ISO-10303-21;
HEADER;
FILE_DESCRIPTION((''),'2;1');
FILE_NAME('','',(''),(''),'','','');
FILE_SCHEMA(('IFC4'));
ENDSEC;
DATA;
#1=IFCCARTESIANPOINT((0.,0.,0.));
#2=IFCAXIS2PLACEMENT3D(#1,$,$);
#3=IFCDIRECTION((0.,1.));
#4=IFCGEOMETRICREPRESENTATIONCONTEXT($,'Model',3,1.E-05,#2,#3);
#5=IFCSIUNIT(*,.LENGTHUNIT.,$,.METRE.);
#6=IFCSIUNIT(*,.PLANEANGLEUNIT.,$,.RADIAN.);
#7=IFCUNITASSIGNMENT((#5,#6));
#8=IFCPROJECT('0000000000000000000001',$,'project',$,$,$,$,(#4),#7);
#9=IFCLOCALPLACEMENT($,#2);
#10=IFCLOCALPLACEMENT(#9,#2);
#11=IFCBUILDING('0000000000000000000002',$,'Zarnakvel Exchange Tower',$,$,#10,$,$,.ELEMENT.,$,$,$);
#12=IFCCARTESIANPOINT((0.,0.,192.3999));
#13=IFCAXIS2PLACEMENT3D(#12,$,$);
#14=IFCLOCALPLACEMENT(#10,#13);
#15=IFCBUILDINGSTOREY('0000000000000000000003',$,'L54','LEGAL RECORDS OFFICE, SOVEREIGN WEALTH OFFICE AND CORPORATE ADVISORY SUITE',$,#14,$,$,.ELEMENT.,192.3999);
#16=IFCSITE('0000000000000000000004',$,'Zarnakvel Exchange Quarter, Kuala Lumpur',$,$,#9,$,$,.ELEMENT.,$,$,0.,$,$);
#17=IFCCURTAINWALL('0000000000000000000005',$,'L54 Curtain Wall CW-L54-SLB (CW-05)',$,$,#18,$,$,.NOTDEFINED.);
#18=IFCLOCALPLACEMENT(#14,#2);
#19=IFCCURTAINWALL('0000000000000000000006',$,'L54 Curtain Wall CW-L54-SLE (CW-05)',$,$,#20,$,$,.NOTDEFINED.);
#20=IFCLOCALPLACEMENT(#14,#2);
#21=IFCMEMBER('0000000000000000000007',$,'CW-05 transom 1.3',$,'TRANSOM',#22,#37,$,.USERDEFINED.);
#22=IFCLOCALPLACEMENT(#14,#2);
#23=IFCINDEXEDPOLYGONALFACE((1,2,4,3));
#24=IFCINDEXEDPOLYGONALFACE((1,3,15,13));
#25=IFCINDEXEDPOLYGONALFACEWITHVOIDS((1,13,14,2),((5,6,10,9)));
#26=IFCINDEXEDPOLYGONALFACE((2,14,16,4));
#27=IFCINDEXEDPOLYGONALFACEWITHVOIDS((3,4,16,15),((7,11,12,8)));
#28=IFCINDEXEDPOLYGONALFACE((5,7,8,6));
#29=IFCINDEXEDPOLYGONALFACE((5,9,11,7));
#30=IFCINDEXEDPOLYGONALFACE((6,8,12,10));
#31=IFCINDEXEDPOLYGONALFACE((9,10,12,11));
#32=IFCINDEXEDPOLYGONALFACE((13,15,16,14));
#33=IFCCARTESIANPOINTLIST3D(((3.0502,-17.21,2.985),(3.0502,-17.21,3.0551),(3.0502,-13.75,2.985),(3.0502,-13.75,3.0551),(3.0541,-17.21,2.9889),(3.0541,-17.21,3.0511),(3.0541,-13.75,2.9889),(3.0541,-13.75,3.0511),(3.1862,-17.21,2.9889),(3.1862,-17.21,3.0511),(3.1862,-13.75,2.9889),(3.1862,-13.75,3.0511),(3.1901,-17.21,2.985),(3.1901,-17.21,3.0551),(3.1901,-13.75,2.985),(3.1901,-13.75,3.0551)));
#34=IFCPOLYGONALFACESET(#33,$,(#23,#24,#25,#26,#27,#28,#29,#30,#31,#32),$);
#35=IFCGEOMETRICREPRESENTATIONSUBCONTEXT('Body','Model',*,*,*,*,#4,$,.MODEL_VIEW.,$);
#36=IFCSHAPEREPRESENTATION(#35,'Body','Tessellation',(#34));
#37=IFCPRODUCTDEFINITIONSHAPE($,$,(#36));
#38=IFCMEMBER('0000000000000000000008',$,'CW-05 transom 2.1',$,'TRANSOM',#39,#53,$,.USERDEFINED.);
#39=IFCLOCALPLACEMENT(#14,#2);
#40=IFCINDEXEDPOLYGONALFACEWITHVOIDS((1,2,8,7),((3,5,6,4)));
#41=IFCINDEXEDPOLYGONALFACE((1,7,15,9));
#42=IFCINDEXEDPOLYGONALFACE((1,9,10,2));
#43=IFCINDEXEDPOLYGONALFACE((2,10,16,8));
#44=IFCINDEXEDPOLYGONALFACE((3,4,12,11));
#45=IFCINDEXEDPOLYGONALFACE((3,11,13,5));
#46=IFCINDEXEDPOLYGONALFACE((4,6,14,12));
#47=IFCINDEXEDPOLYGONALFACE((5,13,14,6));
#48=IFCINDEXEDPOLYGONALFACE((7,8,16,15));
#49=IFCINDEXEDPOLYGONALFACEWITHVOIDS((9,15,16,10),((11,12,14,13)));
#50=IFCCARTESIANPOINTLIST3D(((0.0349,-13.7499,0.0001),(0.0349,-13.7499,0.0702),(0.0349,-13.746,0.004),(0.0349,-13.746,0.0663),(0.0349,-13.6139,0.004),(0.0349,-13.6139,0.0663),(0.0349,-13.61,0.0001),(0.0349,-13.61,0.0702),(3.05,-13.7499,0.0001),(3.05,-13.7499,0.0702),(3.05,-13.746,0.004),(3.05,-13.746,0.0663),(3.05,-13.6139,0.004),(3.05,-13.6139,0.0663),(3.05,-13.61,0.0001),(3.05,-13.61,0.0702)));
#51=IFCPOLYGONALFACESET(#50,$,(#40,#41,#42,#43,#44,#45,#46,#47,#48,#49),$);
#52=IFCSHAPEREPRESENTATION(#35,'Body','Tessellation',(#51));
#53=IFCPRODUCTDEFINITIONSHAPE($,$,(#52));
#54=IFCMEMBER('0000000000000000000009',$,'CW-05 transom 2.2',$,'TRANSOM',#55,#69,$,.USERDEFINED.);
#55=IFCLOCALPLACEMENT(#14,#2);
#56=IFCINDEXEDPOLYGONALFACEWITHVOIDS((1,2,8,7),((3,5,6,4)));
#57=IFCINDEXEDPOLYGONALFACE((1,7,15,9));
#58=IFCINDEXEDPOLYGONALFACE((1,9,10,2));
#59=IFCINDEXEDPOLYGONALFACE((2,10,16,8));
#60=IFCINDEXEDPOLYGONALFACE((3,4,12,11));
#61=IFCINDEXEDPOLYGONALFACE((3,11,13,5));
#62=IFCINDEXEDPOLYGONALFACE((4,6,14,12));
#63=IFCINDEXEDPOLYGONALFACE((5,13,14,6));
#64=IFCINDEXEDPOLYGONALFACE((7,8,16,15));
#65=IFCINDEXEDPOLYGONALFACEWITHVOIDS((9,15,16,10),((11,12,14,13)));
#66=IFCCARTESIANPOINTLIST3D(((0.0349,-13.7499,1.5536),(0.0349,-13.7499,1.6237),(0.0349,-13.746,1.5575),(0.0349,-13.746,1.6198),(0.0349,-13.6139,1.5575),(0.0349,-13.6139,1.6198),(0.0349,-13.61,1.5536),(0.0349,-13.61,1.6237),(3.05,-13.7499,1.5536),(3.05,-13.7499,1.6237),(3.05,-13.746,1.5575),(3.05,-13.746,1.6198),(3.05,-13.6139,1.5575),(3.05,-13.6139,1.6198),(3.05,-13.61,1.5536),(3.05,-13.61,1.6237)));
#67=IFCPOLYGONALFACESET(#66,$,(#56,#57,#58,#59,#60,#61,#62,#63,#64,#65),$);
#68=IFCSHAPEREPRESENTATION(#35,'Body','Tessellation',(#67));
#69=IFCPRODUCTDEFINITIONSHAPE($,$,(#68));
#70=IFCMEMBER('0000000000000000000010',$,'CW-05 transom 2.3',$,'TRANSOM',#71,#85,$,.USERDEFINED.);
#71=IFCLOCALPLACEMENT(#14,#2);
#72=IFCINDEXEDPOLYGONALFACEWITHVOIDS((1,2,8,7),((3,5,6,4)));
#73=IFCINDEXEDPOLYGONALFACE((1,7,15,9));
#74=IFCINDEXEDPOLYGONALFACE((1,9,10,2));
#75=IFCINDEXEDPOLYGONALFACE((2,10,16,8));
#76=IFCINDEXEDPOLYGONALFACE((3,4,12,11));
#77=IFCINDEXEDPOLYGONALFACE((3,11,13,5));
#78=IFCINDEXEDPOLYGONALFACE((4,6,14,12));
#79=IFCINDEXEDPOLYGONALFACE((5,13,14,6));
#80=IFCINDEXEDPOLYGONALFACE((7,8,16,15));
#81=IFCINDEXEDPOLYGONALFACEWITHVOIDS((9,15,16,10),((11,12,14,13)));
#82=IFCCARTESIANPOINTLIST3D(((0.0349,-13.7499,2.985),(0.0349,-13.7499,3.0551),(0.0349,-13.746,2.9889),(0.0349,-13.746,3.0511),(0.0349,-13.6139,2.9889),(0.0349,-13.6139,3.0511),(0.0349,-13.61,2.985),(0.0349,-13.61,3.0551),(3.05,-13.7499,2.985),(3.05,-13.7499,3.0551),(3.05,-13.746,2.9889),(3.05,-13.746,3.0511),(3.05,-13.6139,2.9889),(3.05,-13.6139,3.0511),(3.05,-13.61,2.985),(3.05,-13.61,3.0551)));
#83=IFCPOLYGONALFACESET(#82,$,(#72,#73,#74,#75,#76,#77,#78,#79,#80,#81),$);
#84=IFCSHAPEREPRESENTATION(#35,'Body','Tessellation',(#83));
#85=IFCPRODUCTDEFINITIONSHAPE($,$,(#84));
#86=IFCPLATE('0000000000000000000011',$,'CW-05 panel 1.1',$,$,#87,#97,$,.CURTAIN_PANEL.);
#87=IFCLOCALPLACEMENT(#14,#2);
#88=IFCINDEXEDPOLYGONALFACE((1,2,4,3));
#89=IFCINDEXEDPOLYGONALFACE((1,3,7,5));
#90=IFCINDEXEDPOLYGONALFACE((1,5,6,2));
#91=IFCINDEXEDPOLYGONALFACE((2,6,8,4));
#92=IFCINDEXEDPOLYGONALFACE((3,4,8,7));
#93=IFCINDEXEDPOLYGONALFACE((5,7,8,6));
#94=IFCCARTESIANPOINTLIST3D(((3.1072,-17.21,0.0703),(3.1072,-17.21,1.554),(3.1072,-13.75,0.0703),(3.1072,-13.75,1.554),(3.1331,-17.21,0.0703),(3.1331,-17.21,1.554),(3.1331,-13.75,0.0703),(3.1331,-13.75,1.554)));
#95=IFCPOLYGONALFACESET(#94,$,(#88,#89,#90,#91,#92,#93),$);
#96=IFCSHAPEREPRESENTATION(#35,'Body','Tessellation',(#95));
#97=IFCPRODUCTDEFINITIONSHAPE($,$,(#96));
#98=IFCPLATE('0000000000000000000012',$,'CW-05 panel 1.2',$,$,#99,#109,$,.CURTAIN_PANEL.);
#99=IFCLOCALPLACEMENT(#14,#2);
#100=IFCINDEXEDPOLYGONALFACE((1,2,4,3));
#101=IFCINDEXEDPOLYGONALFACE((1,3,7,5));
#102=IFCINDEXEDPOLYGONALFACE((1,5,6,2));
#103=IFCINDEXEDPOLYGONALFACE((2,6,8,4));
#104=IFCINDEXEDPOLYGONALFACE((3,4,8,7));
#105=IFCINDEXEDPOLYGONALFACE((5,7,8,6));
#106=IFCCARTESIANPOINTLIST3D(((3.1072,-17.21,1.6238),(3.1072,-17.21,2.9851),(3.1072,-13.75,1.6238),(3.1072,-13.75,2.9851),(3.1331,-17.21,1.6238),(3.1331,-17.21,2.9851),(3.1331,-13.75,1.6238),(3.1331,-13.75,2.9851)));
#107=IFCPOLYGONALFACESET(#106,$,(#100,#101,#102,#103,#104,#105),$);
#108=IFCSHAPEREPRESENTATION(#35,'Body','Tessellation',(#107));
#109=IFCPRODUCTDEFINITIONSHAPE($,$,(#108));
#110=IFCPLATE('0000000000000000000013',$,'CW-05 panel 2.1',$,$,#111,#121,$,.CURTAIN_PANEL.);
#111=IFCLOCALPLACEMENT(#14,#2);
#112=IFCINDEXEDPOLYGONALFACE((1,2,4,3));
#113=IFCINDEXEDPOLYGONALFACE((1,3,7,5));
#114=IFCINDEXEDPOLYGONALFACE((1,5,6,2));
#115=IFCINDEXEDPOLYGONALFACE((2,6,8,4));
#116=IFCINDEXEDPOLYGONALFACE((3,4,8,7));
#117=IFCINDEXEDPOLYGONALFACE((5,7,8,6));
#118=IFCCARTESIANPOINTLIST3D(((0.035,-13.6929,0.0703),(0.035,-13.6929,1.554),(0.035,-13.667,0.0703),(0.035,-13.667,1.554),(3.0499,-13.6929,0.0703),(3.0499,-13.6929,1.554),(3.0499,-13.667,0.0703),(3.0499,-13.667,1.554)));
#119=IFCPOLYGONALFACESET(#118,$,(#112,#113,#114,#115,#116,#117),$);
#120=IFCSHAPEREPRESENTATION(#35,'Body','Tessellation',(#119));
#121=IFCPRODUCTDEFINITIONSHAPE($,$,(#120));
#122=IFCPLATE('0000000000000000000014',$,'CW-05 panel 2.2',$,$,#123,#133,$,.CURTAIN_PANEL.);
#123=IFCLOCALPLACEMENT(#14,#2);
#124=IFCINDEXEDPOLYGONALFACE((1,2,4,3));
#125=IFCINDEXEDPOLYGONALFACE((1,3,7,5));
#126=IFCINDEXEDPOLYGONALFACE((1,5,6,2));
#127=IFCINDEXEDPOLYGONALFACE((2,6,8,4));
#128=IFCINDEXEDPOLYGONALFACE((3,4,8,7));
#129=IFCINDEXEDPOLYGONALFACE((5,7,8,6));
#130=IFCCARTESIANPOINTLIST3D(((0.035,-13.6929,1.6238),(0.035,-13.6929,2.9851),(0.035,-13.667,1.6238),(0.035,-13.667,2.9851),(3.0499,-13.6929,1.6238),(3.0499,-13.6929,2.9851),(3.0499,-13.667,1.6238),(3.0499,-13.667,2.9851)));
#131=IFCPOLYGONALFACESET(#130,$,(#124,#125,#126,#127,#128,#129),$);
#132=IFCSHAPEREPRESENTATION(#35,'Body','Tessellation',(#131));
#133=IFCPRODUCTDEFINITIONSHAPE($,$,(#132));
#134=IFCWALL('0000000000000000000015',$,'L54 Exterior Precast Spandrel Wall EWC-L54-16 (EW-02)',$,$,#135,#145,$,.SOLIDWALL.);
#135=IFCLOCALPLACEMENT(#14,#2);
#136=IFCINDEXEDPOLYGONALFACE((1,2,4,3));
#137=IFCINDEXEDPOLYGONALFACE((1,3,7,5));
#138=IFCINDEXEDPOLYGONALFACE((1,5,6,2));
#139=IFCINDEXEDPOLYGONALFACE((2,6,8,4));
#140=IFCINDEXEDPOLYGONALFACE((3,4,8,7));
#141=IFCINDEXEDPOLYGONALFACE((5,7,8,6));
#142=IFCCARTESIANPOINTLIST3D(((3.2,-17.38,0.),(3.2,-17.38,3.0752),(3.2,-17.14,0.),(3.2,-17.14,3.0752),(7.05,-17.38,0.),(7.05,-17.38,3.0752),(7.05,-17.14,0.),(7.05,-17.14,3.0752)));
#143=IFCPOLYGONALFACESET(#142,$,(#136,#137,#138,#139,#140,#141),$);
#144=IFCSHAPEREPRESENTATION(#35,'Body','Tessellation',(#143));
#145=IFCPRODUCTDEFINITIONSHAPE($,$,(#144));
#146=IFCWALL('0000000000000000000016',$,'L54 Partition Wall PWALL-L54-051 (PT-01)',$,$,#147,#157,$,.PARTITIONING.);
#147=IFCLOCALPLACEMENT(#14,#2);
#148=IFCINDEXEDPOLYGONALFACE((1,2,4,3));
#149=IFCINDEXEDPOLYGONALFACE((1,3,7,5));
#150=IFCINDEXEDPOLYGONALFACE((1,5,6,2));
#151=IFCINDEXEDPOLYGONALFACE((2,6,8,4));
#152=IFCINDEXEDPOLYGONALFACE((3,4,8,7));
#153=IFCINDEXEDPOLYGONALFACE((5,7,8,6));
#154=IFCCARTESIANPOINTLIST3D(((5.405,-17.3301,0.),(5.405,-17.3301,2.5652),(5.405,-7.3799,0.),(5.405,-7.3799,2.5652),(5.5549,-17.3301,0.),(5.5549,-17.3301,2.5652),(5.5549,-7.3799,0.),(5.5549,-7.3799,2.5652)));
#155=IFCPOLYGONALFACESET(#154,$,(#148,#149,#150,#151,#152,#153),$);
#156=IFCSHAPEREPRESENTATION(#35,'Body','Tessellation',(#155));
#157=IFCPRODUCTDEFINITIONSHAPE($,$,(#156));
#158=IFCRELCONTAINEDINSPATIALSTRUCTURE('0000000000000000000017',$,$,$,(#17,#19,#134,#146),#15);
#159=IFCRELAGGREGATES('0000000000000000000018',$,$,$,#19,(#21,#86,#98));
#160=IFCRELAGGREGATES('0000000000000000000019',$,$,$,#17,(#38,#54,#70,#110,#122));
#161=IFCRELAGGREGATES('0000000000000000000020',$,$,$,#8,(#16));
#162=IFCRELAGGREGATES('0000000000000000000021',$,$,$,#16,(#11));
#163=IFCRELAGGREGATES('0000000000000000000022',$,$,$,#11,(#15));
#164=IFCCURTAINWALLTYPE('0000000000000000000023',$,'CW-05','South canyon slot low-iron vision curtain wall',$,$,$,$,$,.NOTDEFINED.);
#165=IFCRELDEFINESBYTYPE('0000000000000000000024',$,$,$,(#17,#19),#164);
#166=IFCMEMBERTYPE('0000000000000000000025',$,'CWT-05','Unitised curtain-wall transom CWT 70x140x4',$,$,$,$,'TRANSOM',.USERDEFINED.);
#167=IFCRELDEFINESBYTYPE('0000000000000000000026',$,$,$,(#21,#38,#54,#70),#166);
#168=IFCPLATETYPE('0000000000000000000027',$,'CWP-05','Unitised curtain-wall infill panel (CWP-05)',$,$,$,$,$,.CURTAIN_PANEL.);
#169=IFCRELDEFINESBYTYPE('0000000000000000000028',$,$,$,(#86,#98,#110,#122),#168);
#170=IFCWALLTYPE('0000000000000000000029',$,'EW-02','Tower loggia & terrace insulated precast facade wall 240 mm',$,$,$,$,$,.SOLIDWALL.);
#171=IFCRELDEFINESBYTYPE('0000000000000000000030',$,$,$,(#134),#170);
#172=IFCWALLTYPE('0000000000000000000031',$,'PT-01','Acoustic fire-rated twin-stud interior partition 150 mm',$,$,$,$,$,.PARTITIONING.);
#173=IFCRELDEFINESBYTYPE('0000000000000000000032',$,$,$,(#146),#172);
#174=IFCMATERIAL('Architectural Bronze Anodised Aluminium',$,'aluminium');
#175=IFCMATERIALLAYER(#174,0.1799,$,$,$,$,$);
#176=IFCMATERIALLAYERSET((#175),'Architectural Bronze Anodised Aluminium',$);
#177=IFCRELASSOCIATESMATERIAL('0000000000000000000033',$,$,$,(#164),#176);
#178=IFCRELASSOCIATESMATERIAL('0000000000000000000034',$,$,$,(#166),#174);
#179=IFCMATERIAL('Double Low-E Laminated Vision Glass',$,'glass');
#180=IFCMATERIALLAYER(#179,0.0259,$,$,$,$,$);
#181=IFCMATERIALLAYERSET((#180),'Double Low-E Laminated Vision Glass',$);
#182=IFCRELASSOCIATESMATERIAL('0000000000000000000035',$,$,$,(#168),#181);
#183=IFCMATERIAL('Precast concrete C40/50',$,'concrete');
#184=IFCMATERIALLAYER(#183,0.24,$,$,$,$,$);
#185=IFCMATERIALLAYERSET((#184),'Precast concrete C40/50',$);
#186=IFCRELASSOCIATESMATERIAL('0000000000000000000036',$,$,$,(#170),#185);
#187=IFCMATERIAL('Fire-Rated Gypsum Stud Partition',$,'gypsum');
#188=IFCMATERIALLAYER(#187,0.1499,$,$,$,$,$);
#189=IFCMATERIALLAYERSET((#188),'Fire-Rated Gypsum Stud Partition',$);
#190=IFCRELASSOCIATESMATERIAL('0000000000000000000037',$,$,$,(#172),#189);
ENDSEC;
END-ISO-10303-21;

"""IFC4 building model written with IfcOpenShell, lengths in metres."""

from ifc_helpers import new_model, si_unit, direction, frame, frame_2d, origin, origin_2d, place, context, subcontext, project, spatial, rectangle, hollow_rectangle, extrude, source, transform, mapped, material, layer, layer_set, material_profile, profile_set, type_object, element, aggregate, save


model = new_model("IFC4")

# Units and contexts
model_context = context("Model", 3, precision=1e-05, world=origin(), true_north=direction((0.0, 1.0)))
body_context = subcontext(model_context, "Body", "Model", "MODEL_VIEW")
ifc_project = project(units=[si_unit("LENGTHUNIT", "METRE"), si_unit("PLANEANGLEUNIT", "RADIAN")], contexts=[model_context])

# Site, building, storey
site_placement = place(None, origin())
site = spatial("IfcSite", under=ifc_project, at=site_placement, Name="Zarnakvel Exchange Quarter, Kuala Lumpur", CompositionType="ELEMENT", RefElevation=0.0)
building_placement = place(site_placement, origin())
building = spatial("IfcBuilding", under=site, at=building_placement, Name="Zarnakvel Exchange Tower", CompositionType="ELEMENT")
storey_placement = place(building_placement, frame((0.0, 0.0, 192.3999)))
storey = spatial("IfcBuildingStorey", under=building, at=storey_placement, Name="L54", Description="LEGAL RECORDS OFFICE, SOVEREIGN WEALTH OFFICE AND CORPORATE ADVISORY SUITE", CompositionType="ELEMENT", Elevation=192.3999)

# Curtain wall
ifc_material_1 = material(Name="Architectural Bronze Anodised Aluminium", Category="aluminium")
ifc_layer_1 = layer(ifc_material_1, 0.1799)
ifc_layer_set_1 = layer_set([ifc_layer_1], Name="Architectural Bronze Anodised Aluminium")
curtain_wall_type = type_object("IfcCurtainWallType", Name="CW-05", Description="South canyon slot low-iron vision curtain wall", PredefinedType="NOTDEFINED", material=ifc_layer_set_1)
curtain_wall_1_placement = place(storey_placement, origin())
curtain_wall_1 = element("IfcCurtainWall", 1, at=curtain_wall_1_placement, inside=storey, type_object=curtain_wall_type, Name="L54 Curtain Wall CW-L54-SLB (CW-05)", PredefinedType="NOTDEFINED")

# Curtain wall, member
curtain_wall_2_placement = place(storey_placement, origin())
curtain_wall_2 = element("IfcCurtainWall", 2, at=curtain_wall_2_placement, inside=storey, type_object=curtain_wall_type, Name="L54 Curtain Wall CW-L54-SLE (CW-05)", PredefinedType="NOTDEFINED")
ifc_material_profile_1 = material_profile(ifc_material_1, hollow_rectangle(XDim=0.1399, YDim=0.0701, WallThickness=0.0039, at=origin_2d()))
ifc_profile_set_1 = profile_set([ifc_material_profile_1], Name="Architectural Bronze Anodised Aluminium")
member_type_1 = type_object("IfcMemberType", Name="CWT-05", Description="Unitised curtain-wall transom CWT 70x140x4", ElementType="TRANSOM", PredefinedType="USERDEFINED", material=ifc_profile_set_1)
shared_shape_1 = source(origin(), body_context, "Body", "SweptSolid", [
    extrude(hollow_rectangle(XDim=0.1399, YDim=0.0701, WallThickness=0.0039, at=origin_2d()), origin(), (0.0, 0.0, 1.0), 3.46),
])
member_1_placement = place(storey_placement, frame((3.1201, -13.75, 3.02), z_axis=(0.0, -1.0, 0.0), x_axis=(1.0, 0.0, 0.0)))
member_1 = element("IfcMember", 3, at=member_1_placement, type_object=member_type_1, Name="CW-05 transom 1.3", ObjectType="TRANSOM", PredefinedType="USERDEFINED", context=body_context, shape_type="MappedRepresentation", body=[
    mapped(shared_shape_1, transform((0.0, 0.0, 0.0), x_axis=(1.0, 0.0, 0.0), y_axis=(0.0, 1.0, 0.0), z_axis=(0.0, 0.0, 1.0), scale=1.0)),
])

# Members
shared_shape_2 = source(origin(), body_context, "Body", "SweptSolid", [
    extrude(hollow_rectangle(XDim=0.1399, YDim=0.0701, WallThickness=0.0039, at=origin_2d()), origin(), (0.0, 0.0, 1.0), 3.0151),
])
member_2_placement = place(storey_placement, frame((0.0349, -13.6799, 0.0352), z_axis=(1.0, 0.0, 0.0), x_axis=(0.0, 1.0, 0.0)))
member_2 = element("IfcMember", 4, at=member_2_placement, type_object=member_type_1, Name="CW-05 transom 2.1", ObjectType="TRANSOM", PredefinedType="USERDEFINED", context=body_context, shape_type="MappedRepresentation", body=[
    mapped(shared_shape_2, transform((0.0, 0.0, 0.0), x_axis=(1.0, 0.0, 0.0), y_axis=(0.0, 1.0, 0.0), z_axis=(0.0, 0.0, 1.0), scale=1.0)),
])
member_3_placement = place(storey_placement, frame((0.0349, -13.6799, 1.5886), z_axis=(1.0, 0.0, 0.0), x_axis=(0.0, 1.0, 0.0)))
member_3 = element("IfcMember", 5, at=member_3_placement, type_object=member_type_1, Name="CW-05 transom 2.2", ObjectType="TRANSOM", PredefinedType="USERDEFINED", context=body_context, shape_type="MappedRepresentation", body=[
    mapped(shared_shape_2, transform((0.0, 0.0, 0.0), x_axis=(1.0, 0.0, 0.0), y_axis=(0.0, 1.0, 0.0), z_axis=(0.0, 0.0, 1.0), scale=1.0)),
])
member_4_placement = place(storey_placement, frame((0.0349, -13.6799, 3.02), z_axis=(1.0, 0.0, 0.0), x_axis=(0.0, 1.0, 0.0)))
member_4 = element("IfcMember", 6, at=member_4_placement, type_object=member_type_1, Name="CW-05 transom 2.3", ObjectType="TRANSOM", PredefinedType="USERDEFINED", context=body_context, shape_type="MappedRepresentation", body=[
    mapped(shared_shape_2, transform((0.0, 0.0, 0.0), x_axis=(1.0, 0.0, 0.0), y_axis=(0.0, 1.0, 0.0), z_axis=(0.0, 0.0, 1.0), scale=1.0)),
])

# Plates
ifc_material_2 = material(Name="Double Low-E Laminated Vision Glass", Category="glass")
ifc_layer_2 = layer(ifc_material_2, 0.0259)
ifc_layer_set_2 = layer_set([ifc_layer_2], Name="Double Low-E Laminated Vision Glass")
plate_type = type_object("IfcPlateType", Name="CWP-05", Description="Unitised curtain-wall infill panel (CWP-05)", PredefinedType="CURTAIN_PANEL", material=ifc_layer_set_2)
shared_shape_3 = source(origin(), body_context, "Body", "SweptSolid", [
    extrude(rectangle(XDim=3.46, YDim=0.0259, at=origin_2d()), origin(), (0.0, 0.0, 1.0), 1.4836),
])
plate_1_placement = place(storey_placement, frame((3.1201, -15.48, 0.0703), z_axis=(0.0, 0.0, 1.0), x_axis=(0.0, -1.0, 0.0)))
plate_1 = element("IfcPlate", 7, at=plate_1_placement, type_object=plate_type, Name="CW-05 panel 1.1", PredefinedType="CURTAIN_PANEL", context=body_context, shape_type="MappedRepresentation", body=[
    mapped(shared_shape_3, transform((0.0, 0.0, 0.0), x_axis=(1.0, 0.0, 0.0), y_axis=(0.0, 1.0, 0.0), z_axis=(0.0, 0.0, 1.0), scale=1.0)),
])
shared_shape_4 = source(origin(), body_context, "Body", "SweptSolid", [
    extrude(rectangle(XDim=3.46, YDim=0.0259, at=origin_2d()), origin(), (0.0, 0.0, 1.0), 1.3613),
])
plate_2_placement = place(storey_placement, frame((3.1201, -15.48, 1.6238), z_axis=(0.0, 0.0, 1.0), x_axis=(0.0, -1.0, 0.0)))
plate_2 = element("IfcPlate", 8, at=plate_2_placement, type_object=plate_type, Name="CW-05 panel 1.2", PredefinedType="CURTAIN_PANEL", context=body_context, shape_type="MappedRepresentation", body=[
    mapped(shared_shape_4, transform((0.0, 0.0, 0.0), x_axis=(1.0, 0.0, 0.0), y_axis=(0.0, 1.0, 0.0), z_axis=(0.0, 0.0, 1.0), scale=1.0)),
])
aggregate(curtain_wall_2, [member_1, plate_1, plate_2])
shared_shape_5 = source(origin(), body_context, "Body", "SweptSolid", [
    extrude(rectangle(XDim=3.0149, YDim=0.0259, at=origin_2d()), origin(), (0.0, 0.0, 1.0), 1.4836),
])
plate_3_placement = place(storey_placement, frame((1.5425, -13.6799, 0.0703), z_axis=(0.0, 0.0, 1.0), x_axis=(1.0, 0.0, 0.0)))
plate_3 = element("IfcPlate", 9, at=plate_3_placement, type_object=plate_type, Name="CW-05 panel 2.1", PredefinedType="CURTAIN_PANEL", context=body_context, shape_type="MappedRepresentation", body=[
    mapped(shared_shape_5, transform((0.0, 0.0, 0.0), x_axis=(1.0, 0.0, 0.0), y_axis=(0.0, 1.0, 0.0), z_axis=(0.0, 0.0, 1.0), scale=1.0)),
])
shared_shape_6 = source(origin(), body_context, "Body", "SweptSolid", [
    extrude(rectangle(XDim=3.0149, YDim=0.0259, at=origin_2d()), origin(), (0.0, 0.0, 1.0), 1.3613),
])
plate_4_placement = place(storey_placement, frame((1.5425, -13.6799, 1.6238), z_axis=(0.0, 0.0, 1.0), x_axis=(1.0, 0.0, 0.0)))
plate_4 = element("IfcPlate", 10, at=plate_4_placement, type_object=plate_type, Name="CW-05 panel 2.2", PredefinedType="CURTAIN_PANEL", context=body_context, shape_type="MappedRepresentation", body=[
    mapped(shared_shape_6, transform((0.0, 0.0, 0.0), x_axis=(1.0, 0.0, 0.0), y_axis=(0.0, 1.0, 0.0), z_axis=(0.0, 0.0, 1.0), scale=1.0)),
])
aggregate(curtain_wall_1, [member_2, member_3, member_4, plate_3, plate_4])

# Walls
ifc_material_3 = material(Name="Precast concrete C40/50", Category="concrete")
ifc_layer_3 = layer(ifc_material_3, 0.24)
ifc_layer_set_3 = layer_set([ifc_layer_3], Name="Precast concrete C40/50")
wall_type_1 = type_object("IfcWallType", Name="EW-02", Description="Tower loggia & terrace insulated precast facade wall 240 mm", PredefinedType="SOLIDWALL", material=ifc_layer_set_3)
wall_1_placement = place(storey_placement, frame((3.2, -17.26, 0.0), z_axis=(0.0, 0.0, 1.0), x_axis=(1.0, 0.0, 0.0)))
element("IfcWall", 11, at=wall_1_placement, inside=storey, type_object=wall_type_1, Name="L54 Exterior Precast Spandrel Wall EWC-L54-16 (EW-02)", PredefinedType="SOLIDWALL", context=body_context, shape_type="SweptSolid", body=[
    extrude(rectangle(XDim=3.8501, YDim=0.24, at=frame_2d((1.925, 0.0))), origin(), (0.0, 0.0, 1.0), 3.0752),
])
ifc_material_4 = material(Name="Fire-Rated Gypsum Stud Partition", Category="gypsum")
ifc_layer_4 = layer(ifc_material_4, 0.1499)
ifc_layer_set_4 = layer_set([ifc_layer_4], Name="Fire-Rated Gypsum Stud Partition")
wall_type_2 = type_object("IfcWallType", Name="PT-01", Description="Acoustic fire-rated twin-stud interior partition 150 mm", PredefinedType="PARTITIONING", material=ifc_layer_set_4)
wall_2_placement = place(storey_placement, frame((5.48, -17.3301, 0.0), z_axis=(0.0, 0.0, 1.0), x_axis=(0.0, 1.0, 0.0)))
element("IfcWall", 12, at=wall_2_placement, inside=storey, type_object=wall_type_2, Name="L54 Partition Wall PWALL-L54-051 (PT-01)", PredefinedType="PARTITIONING", context=body_context, shape_type="SweptSolid", body=[
    extrude(rectangle(XDim=9.9502, YDim=0.1499, at=frame_2d((4.9751, 0.0))), origin(), (0.0, 0.0, 1.0), 2.5652),
])

save(model, "model.ifc")
